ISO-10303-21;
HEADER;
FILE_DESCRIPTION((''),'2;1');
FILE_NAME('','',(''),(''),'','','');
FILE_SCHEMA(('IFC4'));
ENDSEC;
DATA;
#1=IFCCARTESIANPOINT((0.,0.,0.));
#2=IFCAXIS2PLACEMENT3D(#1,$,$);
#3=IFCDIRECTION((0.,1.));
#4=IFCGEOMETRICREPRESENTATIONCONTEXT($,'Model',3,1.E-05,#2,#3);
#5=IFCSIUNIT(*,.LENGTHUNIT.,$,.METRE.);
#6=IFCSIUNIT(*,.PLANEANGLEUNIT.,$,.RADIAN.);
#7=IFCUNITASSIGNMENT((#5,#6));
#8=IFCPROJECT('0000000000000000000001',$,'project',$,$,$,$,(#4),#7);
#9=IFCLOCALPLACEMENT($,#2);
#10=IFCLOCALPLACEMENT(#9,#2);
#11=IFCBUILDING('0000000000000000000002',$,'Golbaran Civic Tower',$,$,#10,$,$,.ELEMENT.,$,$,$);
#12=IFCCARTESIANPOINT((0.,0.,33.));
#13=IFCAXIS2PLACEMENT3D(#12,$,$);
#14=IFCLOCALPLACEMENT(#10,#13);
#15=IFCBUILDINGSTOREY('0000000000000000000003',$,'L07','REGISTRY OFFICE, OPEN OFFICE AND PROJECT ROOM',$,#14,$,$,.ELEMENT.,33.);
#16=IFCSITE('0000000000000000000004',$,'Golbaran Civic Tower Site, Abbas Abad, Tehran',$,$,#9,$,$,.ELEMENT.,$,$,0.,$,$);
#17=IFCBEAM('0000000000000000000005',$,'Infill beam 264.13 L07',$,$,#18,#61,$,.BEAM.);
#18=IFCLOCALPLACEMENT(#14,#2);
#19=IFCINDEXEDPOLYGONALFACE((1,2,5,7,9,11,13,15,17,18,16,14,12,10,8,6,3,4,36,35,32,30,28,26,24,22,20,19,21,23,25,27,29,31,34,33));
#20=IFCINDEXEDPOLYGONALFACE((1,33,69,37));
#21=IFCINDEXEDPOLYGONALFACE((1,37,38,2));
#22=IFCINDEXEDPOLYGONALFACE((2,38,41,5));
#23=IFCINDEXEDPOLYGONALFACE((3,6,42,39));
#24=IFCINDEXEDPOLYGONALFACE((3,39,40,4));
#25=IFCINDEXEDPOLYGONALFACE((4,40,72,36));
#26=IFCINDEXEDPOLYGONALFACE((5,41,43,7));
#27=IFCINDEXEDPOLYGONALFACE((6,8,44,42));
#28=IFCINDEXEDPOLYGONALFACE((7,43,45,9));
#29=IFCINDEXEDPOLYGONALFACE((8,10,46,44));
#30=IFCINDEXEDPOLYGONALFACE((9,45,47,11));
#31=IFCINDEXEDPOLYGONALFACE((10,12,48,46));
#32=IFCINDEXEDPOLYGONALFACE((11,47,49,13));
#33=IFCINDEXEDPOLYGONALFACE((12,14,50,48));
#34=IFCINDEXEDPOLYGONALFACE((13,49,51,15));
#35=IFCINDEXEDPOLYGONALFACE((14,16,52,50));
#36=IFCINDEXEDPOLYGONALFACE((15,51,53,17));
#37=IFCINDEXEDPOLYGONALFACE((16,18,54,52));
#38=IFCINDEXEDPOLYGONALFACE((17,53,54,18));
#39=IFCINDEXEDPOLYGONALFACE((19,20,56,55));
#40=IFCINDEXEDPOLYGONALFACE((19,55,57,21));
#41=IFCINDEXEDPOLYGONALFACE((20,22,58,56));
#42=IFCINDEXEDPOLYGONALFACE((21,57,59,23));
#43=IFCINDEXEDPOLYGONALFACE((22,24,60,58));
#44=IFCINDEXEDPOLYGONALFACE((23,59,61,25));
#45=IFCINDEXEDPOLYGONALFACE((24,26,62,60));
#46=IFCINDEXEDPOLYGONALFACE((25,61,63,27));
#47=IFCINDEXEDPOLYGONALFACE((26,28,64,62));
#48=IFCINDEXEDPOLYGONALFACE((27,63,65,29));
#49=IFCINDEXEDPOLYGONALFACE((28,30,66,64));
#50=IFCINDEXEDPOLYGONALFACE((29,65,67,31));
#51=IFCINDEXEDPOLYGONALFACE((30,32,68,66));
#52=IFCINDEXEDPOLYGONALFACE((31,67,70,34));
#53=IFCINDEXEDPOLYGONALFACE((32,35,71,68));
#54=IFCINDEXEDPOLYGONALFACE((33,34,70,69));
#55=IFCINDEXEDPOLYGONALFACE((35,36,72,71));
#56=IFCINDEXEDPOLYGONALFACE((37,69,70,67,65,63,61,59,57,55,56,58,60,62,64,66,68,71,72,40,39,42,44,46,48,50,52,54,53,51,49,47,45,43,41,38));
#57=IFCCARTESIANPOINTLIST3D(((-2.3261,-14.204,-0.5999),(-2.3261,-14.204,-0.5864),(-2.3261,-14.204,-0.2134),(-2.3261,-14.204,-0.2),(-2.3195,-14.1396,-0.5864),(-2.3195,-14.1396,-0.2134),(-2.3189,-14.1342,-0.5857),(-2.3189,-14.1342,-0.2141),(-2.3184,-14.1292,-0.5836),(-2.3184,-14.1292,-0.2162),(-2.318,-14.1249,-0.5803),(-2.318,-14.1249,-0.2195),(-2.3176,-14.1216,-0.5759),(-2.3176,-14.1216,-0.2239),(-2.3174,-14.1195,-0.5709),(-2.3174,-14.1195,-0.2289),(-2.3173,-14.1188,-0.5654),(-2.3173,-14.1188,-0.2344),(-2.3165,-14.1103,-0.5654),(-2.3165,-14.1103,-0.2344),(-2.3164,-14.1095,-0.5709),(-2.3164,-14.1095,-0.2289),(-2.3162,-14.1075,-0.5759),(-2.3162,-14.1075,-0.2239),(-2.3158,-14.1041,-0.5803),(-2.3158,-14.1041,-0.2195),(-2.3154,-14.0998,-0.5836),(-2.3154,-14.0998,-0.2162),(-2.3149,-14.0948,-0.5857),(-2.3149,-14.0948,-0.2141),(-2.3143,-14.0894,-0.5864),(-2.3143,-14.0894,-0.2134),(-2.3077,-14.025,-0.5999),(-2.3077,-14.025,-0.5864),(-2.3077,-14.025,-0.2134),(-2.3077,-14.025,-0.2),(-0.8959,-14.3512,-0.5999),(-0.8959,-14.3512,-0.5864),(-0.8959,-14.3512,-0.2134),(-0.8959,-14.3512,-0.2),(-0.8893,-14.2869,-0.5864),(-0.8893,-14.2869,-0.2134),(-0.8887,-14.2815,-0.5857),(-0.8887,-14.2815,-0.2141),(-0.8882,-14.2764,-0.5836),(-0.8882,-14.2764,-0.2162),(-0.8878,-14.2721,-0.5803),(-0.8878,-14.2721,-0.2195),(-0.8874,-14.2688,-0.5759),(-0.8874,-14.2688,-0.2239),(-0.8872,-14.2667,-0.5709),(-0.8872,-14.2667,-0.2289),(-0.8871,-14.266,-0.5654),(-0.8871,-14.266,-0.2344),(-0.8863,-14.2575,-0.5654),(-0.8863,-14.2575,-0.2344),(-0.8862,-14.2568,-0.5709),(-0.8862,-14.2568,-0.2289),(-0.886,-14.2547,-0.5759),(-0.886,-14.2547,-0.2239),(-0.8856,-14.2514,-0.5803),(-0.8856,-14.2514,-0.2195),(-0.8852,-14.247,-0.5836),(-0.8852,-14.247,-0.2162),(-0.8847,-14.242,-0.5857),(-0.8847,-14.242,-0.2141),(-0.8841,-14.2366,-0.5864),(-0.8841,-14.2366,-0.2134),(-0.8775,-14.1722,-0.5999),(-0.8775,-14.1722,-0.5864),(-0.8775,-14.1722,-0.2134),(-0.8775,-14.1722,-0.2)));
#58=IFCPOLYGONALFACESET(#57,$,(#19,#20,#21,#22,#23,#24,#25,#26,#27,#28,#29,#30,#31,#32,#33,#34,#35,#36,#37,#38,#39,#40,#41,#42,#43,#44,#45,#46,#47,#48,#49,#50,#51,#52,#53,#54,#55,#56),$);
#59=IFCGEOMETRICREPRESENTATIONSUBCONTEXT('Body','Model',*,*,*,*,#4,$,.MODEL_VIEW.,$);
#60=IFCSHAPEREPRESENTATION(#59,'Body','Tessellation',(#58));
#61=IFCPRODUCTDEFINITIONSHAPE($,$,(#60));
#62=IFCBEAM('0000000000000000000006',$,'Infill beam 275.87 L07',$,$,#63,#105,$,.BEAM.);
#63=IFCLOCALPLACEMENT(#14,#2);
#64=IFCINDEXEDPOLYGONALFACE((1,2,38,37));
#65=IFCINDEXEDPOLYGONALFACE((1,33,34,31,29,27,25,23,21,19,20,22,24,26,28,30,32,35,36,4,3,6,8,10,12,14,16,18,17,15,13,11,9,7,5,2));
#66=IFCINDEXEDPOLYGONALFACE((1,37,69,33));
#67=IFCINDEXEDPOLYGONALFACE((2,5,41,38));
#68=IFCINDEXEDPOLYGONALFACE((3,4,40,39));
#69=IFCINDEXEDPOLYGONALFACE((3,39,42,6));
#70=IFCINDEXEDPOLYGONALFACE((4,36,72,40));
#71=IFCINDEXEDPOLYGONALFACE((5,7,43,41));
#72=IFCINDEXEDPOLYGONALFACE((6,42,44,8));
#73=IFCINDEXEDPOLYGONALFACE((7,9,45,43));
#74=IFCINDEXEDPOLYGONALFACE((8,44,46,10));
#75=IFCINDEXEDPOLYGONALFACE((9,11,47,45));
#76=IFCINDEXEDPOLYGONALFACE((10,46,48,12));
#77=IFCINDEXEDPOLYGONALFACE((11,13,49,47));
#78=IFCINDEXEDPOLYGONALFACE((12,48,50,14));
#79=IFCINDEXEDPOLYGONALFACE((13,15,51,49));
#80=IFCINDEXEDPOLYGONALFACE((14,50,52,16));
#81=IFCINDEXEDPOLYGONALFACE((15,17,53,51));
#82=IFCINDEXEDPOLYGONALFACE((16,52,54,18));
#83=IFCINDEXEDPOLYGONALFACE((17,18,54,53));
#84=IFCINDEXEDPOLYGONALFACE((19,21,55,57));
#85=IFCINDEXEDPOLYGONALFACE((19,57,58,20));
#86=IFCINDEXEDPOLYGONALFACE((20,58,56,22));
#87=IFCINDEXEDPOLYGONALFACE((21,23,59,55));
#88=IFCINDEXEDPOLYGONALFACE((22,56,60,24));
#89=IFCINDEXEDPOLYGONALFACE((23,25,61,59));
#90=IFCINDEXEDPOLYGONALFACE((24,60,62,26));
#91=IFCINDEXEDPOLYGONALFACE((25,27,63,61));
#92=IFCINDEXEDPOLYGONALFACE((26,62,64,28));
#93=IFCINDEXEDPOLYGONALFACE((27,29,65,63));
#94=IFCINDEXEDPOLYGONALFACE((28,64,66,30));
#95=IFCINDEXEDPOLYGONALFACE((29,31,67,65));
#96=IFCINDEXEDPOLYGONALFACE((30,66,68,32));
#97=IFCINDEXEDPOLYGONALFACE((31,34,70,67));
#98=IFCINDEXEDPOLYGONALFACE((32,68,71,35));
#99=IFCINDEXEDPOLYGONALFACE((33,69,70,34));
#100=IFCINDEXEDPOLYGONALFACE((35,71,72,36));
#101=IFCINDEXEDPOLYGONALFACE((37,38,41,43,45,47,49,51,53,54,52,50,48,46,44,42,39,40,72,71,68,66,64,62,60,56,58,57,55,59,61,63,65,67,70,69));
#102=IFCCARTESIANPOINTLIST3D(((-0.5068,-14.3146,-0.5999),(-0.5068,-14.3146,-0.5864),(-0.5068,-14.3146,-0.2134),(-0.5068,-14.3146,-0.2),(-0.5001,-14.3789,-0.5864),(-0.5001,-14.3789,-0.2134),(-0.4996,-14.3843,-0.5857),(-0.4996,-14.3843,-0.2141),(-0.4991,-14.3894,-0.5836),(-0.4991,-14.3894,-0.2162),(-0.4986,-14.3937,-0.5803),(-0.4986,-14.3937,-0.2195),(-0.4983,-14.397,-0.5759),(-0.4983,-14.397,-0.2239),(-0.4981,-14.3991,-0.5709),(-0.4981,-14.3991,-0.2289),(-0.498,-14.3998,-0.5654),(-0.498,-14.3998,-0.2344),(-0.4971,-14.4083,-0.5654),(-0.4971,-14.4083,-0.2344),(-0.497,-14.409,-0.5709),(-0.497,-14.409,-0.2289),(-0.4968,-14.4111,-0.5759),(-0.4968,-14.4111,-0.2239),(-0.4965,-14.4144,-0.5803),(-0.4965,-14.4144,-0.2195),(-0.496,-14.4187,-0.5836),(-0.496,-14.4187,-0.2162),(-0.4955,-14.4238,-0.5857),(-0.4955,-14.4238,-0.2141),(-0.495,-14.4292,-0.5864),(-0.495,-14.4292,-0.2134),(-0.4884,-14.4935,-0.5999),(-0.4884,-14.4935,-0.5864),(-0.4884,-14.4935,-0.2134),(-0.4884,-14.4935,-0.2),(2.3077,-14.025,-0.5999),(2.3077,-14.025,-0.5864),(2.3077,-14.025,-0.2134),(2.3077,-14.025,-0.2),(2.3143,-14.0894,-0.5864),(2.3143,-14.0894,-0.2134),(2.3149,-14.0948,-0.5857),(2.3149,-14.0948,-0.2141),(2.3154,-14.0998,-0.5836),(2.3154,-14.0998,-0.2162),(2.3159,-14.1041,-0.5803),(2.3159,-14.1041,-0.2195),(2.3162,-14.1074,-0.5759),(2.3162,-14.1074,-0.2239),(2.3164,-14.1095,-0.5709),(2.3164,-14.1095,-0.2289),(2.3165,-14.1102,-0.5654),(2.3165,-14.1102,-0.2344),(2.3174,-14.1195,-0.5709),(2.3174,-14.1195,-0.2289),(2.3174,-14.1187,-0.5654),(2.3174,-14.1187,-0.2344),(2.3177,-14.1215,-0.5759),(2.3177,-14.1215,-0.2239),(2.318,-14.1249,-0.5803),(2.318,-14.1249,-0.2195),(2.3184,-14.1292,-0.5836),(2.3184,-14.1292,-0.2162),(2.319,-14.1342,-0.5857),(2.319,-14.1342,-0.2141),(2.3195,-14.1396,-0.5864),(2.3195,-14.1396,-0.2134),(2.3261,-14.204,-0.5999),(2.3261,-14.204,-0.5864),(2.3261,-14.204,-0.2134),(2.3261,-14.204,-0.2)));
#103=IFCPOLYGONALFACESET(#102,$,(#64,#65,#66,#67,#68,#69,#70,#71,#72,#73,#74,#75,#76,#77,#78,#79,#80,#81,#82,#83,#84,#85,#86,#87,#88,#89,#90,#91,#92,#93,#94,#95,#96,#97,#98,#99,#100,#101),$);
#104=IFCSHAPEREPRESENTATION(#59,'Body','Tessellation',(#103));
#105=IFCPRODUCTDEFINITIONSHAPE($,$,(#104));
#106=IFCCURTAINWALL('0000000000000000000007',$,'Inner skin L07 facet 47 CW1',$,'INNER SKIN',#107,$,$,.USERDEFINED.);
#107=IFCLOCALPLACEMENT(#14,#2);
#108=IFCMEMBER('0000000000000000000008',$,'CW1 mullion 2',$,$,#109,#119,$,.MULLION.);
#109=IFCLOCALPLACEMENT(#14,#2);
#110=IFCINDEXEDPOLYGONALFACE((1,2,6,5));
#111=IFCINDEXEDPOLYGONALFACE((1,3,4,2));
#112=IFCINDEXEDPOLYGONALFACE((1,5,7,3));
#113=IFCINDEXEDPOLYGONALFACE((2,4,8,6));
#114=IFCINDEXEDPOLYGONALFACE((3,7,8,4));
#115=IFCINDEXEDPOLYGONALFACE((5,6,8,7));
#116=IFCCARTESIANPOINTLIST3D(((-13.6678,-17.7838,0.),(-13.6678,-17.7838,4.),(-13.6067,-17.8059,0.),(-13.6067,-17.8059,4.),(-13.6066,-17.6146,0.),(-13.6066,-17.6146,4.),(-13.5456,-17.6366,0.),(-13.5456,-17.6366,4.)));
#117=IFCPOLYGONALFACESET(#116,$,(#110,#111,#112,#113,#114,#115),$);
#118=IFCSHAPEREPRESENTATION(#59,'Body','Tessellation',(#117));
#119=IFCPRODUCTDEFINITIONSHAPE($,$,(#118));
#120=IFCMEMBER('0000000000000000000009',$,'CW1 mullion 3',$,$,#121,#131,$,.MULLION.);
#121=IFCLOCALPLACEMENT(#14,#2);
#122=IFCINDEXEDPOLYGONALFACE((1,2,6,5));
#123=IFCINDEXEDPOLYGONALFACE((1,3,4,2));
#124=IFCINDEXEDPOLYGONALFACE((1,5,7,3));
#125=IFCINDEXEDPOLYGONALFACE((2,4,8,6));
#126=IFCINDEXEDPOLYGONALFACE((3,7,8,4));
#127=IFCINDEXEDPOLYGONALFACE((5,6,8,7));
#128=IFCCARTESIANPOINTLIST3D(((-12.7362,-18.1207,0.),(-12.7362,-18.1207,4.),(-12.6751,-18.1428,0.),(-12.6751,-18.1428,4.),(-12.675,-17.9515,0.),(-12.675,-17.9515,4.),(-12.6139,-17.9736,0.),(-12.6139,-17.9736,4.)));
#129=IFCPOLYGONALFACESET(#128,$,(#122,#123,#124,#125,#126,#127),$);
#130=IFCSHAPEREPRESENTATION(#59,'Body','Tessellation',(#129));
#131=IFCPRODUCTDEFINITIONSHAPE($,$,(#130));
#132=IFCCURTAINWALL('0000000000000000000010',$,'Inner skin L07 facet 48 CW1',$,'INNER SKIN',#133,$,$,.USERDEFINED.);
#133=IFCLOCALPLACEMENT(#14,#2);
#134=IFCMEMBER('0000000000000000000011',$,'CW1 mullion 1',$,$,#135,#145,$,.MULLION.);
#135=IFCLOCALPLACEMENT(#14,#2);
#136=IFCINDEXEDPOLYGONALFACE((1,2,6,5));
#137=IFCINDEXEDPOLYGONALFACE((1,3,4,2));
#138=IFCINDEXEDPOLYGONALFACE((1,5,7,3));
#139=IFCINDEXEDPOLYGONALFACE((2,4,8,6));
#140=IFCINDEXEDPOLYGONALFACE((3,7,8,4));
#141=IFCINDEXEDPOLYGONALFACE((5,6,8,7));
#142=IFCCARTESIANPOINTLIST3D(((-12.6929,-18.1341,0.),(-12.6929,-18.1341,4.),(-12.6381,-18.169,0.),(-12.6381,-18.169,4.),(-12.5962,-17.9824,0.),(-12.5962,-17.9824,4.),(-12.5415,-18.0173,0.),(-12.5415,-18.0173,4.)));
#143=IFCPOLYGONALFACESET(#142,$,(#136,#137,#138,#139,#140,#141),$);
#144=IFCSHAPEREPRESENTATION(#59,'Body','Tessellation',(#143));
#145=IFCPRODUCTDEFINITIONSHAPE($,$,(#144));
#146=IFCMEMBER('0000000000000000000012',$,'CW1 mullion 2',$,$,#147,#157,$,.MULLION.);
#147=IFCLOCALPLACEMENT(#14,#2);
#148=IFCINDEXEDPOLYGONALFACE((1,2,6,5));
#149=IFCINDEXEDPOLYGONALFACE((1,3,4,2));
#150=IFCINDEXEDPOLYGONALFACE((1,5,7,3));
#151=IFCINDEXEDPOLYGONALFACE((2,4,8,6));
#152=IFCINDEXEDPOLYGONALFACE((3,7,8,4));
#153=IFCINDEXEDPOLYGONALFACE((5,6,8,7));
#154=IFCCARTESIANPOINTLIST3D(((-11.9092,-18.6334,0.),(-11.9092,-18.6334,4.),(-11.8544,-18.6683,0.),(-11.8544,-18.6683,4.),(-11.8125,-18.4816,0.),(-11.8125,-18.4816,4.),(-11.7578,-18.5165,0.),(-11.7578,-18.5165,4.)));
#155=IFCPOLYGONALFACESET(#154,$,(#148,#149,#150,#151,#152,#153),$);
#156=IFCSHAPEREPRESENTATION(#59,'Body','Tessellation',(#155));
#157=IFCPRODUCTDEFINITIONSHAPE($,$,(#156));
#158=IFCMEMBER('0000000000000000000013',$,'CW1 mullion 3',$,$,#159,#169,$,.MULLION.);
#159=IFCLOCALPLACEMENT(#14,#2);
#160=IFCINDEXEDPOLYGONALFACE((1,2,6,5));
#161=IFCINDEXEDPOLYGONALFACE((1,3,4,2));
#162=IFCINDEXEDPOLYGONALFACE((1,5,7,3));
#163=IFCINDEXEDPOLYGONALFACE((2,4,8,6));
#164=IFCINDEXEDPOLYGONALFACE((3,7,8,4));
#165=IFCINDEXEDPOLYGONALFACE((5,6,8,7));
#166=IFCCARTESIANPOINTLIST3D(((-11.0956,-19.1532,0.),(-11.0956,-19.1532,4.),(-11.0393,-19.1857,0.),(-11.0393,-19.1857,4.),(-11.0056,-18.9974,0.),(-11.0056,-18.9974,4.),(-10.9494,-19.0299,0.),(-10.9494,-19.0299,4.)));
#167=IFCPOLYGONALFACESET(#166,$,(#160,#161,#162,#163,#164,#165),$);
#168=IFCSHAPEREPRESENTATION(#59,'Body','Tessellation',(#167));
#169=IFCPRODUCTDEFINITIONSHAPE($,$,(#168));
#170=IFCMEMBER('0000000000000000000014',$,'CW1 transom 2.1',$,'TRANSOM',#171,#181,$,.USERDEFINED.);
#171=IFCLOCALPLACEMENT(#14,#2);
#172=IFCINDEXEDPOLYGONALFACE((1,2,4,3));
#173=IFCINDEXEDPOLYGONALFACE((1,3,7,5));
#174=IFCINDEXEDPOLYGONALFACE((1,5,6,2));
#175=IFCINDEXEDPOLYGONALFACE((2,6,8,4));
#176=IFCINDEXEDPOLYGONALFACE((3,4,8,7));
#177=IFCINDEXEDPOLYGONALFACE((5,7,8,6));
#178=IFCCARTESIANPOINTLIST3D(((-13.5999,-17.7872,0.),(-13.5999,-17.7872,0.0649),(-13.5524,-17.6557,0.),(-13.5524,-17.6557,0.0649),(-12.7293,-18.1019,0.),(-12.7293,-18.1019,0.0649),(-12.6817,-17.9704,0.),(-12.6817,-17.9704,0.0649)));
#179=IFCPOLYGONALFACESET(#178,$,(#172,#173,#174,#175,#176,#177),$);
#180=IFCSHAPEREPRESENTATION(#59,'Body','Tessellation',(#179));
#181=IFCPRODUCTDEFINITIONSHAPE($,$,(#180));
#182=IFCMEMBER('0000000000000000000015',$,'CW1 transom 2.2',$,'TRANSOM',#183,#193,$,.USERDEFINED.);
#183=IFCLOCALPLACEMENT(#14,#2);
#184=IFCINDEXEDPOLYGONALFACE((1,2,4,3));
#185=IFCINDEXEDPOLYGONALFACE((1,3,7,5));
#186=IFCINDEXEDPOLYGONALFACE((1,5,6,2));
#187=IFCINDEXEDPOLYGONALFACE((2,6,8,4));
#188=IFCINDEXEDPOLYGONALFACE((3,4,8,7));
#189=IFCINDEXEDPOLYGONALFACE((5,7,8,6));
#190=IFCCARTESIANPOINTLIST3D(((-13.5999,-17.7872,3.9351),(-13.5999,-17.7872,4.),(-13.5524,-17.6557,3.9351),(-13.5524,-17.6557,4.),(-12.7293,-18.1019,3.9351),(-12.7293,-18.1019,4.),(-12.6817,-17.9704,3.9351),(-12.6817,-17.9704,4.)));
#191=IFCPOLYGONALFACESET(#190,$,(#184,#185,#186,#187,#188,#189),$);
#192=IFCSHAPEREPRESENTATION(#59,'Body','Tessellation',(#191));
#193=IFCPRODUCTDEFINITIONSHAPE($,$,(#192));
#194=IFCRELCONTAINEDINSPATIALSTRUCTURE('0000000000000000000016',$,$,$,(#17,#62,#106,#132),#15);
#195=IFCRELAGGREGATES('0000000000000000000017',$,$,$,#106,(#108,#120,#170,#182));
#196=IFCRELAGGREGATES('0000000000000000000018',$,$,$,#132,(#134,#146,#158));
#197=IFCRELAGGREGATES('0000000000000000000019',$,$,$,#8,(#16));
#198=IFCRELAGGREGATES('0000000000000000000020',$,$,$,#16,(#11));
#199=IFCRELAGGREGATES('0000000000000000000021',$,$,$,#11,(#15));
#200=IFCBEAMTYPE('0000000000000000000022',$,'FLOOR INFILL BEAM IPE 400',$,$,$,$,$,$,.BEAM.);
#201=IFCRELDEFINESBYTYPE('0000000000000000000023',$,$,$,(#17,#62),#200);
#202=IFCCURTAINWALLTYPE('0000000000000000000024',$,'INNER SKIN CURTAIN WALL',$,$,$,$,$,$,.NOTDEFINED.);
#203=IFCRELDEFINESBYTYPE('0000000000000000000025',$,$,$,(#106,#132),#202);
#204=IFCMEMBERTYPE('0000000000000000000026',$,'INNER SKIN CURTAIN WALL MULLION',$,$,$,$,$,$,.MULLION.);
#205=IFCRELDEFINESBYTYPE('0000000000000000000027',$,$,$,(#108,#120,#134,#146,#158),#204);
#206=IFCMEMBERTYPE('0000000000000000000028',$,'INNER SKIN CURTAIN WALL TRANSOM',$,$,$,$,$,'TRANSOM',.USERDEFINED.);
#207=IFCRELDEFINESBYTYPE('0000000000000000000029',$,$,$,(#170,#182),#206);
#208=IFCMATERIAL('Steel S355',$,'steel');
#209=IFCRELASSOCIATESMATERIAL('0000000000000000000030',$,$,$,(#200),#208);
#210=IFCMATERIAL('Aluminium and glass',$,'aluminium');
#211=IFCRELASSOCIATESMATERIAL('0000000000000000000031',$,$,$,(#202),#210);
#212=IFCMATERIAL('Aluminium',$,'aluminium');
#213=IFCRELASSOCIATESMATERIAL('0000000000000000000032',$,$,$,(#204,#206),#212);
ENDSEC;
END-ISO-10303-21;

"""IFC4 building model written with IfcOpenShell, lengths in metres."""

from ifc_helpers import new_model, si_unit, direction, frame, origin, origin_2d, place, context, subcontext, project, spatial, rectangle, i_section, extrude, material, material_profile, profile_set, type_object, element, aggregate, save


model = new_model("IFC4")

# Units and contexts
model_context = context("Model", 3, precision=1e-05, world=origin(), true_north=direction((0.0, 1.0)))
body_context = subcontext(model_context, "Body", "Model", "MODEL_VIEW")
ifc_project = project(units=[si_unit("LENGTHUNIT", "METRE"), si_unit("PLANEANGLEUNIT", "RADIAN")], contexts=[model_context])

# Site, building, storey
site_placement = place(None, origin())
site = spatial("IfcSite", under=ifc_project, at=site_placement, Name="Golbaran Civic Tower Site, Abbas Abad, Tehran", CompositionType="ELEMENT", RefElevation=0.0)
building_placement = place(site_placement, origin())
building = spatial("IfcBuilding", under=site, at=building_placement, Name="Golbaran Civic Tower", CompositionType="ELEMENT")
storey_placement = place(building_placement, frame((0.0, 0.0, 33.0)))
storey = spatial("IfcBuildingStorey", under=building, at=storey_placement, Name="L07", Description="REGISTRY OFFICE, OPEN OFFICE AND PROJECT ROOM", CompositionType="ELEMENT", Elevation=33.0)

# Beams
ifc_material_1 = material(Name="Steel S355", Category="steel")
ifc_material_profile_1 = material_profile(ifc_material_1, i_section(OverallWidth=0.1799, OverallDepth=0.3999, WebThickness=0.0085, FlangeThickness=0.0134, FilletRadius=0.021, at=origin_2d()), Name="IPE 400")
ifc_profile_set_1 = profile_set([ifc_material_profile_1], Name="Steel S355")
beam_type_1 = type_object("IfcBeamType", Name="FLOOR INFILL BEAM IPE 400", PredefinedType="BEAM", material=ifc_profile_set_1)
beam_1_placement = place(storey_placement, frame((-2.3169, -14.1145, -0.3999), z_axis=(0.994744, -0.102395, 0.0), x_axis=(0.102395, 0.994744, 0.0)))
element("IfcBeam", 1, at=beam_1_placement, inside=storey, type_object=beam_type_1, Name="Infill beam 264.13 L07", PredefinedType="BEAM", context=body_context, shape_type="SweptSolid", body=[
    extrude(i_section(OverallWidth=0.1799, OverallDepth=0.3999, WebThickness=0.0085, FlangeThickness=0.0134, FilletRadius=0.021, at=origin_2d()), origin(), (0.0, 0.0, 1.0), 1.4377),
])
beam_2_placement = place(storey_placement, frame((-0.4976, -14.4041, -0.3999), z_axis=(0.99475, 0.10234, 0.0), x_axis=(-0.10234, 0.99475, 0.0)))
element("IfcBeam", 2, at=beam_2_placement, inside=storey, type_object=beam_type_1, Name="Infill beam 275.87 L07", PredefinedType="BEAM", context=body_context, shape_type="SweptSolid", body=[
    extrude(i_section(OverallWidth=0.1799, OverallDepth=0.3999, WebThickness=0.0085, FlangeThickness=0.0134, FilletRadius=0.021, at=origin_2d()), origin(), (0.0, 0.0, 1.0), 2.8293),
])

# Curtain walls, members
ifc_material_2 = material(Name="Aluminium and glass", Category="aluminium")
curtain_wall_type = type_object("IfcCurtainWallType", Name="INNER SKIN CURTAIN WALL", PredefinedType="NOTDEFINED", material=ifc_material_2)
curtain_wall_1_placement = place(storey_placement, origin())
curtain_wall_1 = element("IfcCurtainWall", 3, at=curtain_wall_1_placement, inside=storey, type_object=curtain_wall_type, Name="Inner skin L07 facet 47 CW1", ObjectType="INNER SKIN", PredefinedType="USERDEFINED")
ifc_material_3 = material(Name="Aluminium", Category="aluminium")
ifc_material_profile_2 = material_profile(ifc_material_3, rectangle(XDim=0.1799, YDim=0.0649, at=origin_2d()), Name="INNER SKIN CURTAIN WALL MULLION")
ifc_profile_set_2 = profile_set([ifc_material_profile_2], Name="Aluminium")
member_type_1 = type_object("IfcMemberType", Name="INNER SKIN CURTAIN WALL MULLION", PredefinedType="MULLION", material=ifc_profile_set_2)
member_1_placement = place(storey_placement, frame((-13.6067, -17.7102, 0.0), z_axis=(0.0, 0.0, 1.0), x_axis=(0.340045, 0.940409, 0.0)))
member_1 = element("IfcMember", 4, at=member_1_placement, type_object=member_type_1, Name="CW1 mullion 2", PredefinedType="MULLION", context=body_context, shape_type="SweptSolid", body=[
    extrude(rectangle(XDim=0.1799, YDim=0.0649, at=origin_2d()), origin(), (0.0, 0.0, 1.0), 4.0),
])
member_2_placement = place(storey_placement, frame((-12.675, -18.0471, 0.0), z_axis=(0.0, 0.0, 1.0), x_axis=(0.340045, 0.940409, 0.0)))
member_2 = element("IfcMember", 5, at=member_2_placement, type_object=member_type_1, Name="CW1 mullion 3", PredefinedType="MULLION", context=body_context, shape_type="SweptSolid", body=[
    extrude(rectangle(XDim=0.1799, YDim=0.0649, at=origin_2d()), origin(), (0.0, 0.0, 1.0), 4.0),
])
curtain_wall_2_placement = place(storey_placement, origin())
curtain_wall_2 = element("IfcCurtainWall", 6, at=curtain_wall_2_placement, inside=storey, type_object=curtain_wall_type, Name="Inner skin L07 facet 48 CW1", ObjectType="INNER SKIN", PredefinedType="USERDEFINED")
member_3_placement = place(storey_placement, frame((-12.6172, -18.0757, 0.0), z_axis=(0.0, 0.0, 1.0), x_axis=(0.5373, 0.843391, 0.0)))
member_3 = element("IfcMember", 7, at=member_3_placement, type_object=member_type_1, Name="CW1 mullion 1", PredefinedType="MULLION", context=body_context, shape_type="SweptSolid", body=[
    extrude(rectangle(XDim=0.1799, YDim=0.0649, at=origin_2d()), origin(), (0.0, 0.0, 1.0), 4.0),
])
member_4_placement = place(storey_placement, frame((-11.8335, -18.575, 0.0), z_axis=(0.0, 0.0, 1.0), x_axis=(0.5373, 0.843391, 0.0)))
member_4 = element("IfcMember", 8, at=member_4_placement, type_object=member_type_1, Name="CW1 mullion 2", PredefinedType="MULLION", context=body_context, shape_type="SweptSolid", body=[
    extrude(rectangle(XDim=0.1799, YDim=0.0649, at=origin_2d()), origin(), (0.0, 0.0, 1.0), 4.0),
])
member_5_placement = place(storey_placement, frame((-11.0225, -19.0916, 0.0), z_axis=(0.0, 0.0, 1.0), x_axis=(0.5, 0.866025, 0.0)))
member_5 = element("IfcMember", 9, at=member_5_placement, type_object=member_type_1, Name="CW1 mullion 3", PredefinedType="MULLION", context=body_context, shape_type="SweptSolid", body=[
    extrude(rectangle(XDim=0.1799, YDim=0.0649, at=origin_2d()), origin(), (0.0, 0.0, 1.0), 4.0),
])

# Members
ifc_material_profile_3 = material_profile(ifc_material_3, rectangle(XDim=0.1399, YDim=0.0649, at=origin_2d()), Name="INNER SKIN CURTAIN WALL TRANSOM")
ifc_profile_set_3 = profile_set([ifc_material_profile_3], Name="Aluminium")
member_type_2 = type_object("IfcMemberType", Name="INNER SKIN CURTAIN WALL TRANSOM", ElementType="TRANSOM", PredefinedType="USERDEFINED", material=ifc_profile_set_3)
member_6_placement = place(storey_placement, frame((-13.5762, -17.7214, 0.0325), z_axis=(0.940446, -0.339943, 0.0), x_axis=(0.339943, 0.940446, 0.0)))
member_6 = element("IfcMember", 10, at=member_6_placement, type_object=member_type_2, Name="CW1 transom 2.1", ObjectType="TRANSOM", PredefinedType="USERDEFINED", context=body_context, shape_type="SweptSolid", body=[
    extrude(rectangle(XDim=0.1399, YDim=0.0649, at=origin_2d()), origin(), (0.0, 0.0, 1.0), 0.9258),
])
member_7_placement = place(storey_placement, frame((-13.5762, -17.7214, 3.9675), z_axis=(0.940446, -0.339943, 0.0), x_axis=(0.339943, 0.940446, 0.0)))
member_7 = element("IfcMember", 11, at=member_7_placement, type_object=member_type_2, Name="CW1 transom 2.2", ObjectType="TRANSOM", PredefinedType="USERDEFINED", context=body_context, shape_type="SweptSolid", body=[
    extrude(rectangle(XDim=0.1399, YDim=0.0649, at=origin_2d()), origin(), (0.0, 0.0, 1.0), 0.9258),
])

aggregate(curtain_wall_1, [member_1, member_2, member_6, member_7])
aggregate(curtain_wall_2, [member_3, member_4, member_5])

save(model, "model.ifc")
